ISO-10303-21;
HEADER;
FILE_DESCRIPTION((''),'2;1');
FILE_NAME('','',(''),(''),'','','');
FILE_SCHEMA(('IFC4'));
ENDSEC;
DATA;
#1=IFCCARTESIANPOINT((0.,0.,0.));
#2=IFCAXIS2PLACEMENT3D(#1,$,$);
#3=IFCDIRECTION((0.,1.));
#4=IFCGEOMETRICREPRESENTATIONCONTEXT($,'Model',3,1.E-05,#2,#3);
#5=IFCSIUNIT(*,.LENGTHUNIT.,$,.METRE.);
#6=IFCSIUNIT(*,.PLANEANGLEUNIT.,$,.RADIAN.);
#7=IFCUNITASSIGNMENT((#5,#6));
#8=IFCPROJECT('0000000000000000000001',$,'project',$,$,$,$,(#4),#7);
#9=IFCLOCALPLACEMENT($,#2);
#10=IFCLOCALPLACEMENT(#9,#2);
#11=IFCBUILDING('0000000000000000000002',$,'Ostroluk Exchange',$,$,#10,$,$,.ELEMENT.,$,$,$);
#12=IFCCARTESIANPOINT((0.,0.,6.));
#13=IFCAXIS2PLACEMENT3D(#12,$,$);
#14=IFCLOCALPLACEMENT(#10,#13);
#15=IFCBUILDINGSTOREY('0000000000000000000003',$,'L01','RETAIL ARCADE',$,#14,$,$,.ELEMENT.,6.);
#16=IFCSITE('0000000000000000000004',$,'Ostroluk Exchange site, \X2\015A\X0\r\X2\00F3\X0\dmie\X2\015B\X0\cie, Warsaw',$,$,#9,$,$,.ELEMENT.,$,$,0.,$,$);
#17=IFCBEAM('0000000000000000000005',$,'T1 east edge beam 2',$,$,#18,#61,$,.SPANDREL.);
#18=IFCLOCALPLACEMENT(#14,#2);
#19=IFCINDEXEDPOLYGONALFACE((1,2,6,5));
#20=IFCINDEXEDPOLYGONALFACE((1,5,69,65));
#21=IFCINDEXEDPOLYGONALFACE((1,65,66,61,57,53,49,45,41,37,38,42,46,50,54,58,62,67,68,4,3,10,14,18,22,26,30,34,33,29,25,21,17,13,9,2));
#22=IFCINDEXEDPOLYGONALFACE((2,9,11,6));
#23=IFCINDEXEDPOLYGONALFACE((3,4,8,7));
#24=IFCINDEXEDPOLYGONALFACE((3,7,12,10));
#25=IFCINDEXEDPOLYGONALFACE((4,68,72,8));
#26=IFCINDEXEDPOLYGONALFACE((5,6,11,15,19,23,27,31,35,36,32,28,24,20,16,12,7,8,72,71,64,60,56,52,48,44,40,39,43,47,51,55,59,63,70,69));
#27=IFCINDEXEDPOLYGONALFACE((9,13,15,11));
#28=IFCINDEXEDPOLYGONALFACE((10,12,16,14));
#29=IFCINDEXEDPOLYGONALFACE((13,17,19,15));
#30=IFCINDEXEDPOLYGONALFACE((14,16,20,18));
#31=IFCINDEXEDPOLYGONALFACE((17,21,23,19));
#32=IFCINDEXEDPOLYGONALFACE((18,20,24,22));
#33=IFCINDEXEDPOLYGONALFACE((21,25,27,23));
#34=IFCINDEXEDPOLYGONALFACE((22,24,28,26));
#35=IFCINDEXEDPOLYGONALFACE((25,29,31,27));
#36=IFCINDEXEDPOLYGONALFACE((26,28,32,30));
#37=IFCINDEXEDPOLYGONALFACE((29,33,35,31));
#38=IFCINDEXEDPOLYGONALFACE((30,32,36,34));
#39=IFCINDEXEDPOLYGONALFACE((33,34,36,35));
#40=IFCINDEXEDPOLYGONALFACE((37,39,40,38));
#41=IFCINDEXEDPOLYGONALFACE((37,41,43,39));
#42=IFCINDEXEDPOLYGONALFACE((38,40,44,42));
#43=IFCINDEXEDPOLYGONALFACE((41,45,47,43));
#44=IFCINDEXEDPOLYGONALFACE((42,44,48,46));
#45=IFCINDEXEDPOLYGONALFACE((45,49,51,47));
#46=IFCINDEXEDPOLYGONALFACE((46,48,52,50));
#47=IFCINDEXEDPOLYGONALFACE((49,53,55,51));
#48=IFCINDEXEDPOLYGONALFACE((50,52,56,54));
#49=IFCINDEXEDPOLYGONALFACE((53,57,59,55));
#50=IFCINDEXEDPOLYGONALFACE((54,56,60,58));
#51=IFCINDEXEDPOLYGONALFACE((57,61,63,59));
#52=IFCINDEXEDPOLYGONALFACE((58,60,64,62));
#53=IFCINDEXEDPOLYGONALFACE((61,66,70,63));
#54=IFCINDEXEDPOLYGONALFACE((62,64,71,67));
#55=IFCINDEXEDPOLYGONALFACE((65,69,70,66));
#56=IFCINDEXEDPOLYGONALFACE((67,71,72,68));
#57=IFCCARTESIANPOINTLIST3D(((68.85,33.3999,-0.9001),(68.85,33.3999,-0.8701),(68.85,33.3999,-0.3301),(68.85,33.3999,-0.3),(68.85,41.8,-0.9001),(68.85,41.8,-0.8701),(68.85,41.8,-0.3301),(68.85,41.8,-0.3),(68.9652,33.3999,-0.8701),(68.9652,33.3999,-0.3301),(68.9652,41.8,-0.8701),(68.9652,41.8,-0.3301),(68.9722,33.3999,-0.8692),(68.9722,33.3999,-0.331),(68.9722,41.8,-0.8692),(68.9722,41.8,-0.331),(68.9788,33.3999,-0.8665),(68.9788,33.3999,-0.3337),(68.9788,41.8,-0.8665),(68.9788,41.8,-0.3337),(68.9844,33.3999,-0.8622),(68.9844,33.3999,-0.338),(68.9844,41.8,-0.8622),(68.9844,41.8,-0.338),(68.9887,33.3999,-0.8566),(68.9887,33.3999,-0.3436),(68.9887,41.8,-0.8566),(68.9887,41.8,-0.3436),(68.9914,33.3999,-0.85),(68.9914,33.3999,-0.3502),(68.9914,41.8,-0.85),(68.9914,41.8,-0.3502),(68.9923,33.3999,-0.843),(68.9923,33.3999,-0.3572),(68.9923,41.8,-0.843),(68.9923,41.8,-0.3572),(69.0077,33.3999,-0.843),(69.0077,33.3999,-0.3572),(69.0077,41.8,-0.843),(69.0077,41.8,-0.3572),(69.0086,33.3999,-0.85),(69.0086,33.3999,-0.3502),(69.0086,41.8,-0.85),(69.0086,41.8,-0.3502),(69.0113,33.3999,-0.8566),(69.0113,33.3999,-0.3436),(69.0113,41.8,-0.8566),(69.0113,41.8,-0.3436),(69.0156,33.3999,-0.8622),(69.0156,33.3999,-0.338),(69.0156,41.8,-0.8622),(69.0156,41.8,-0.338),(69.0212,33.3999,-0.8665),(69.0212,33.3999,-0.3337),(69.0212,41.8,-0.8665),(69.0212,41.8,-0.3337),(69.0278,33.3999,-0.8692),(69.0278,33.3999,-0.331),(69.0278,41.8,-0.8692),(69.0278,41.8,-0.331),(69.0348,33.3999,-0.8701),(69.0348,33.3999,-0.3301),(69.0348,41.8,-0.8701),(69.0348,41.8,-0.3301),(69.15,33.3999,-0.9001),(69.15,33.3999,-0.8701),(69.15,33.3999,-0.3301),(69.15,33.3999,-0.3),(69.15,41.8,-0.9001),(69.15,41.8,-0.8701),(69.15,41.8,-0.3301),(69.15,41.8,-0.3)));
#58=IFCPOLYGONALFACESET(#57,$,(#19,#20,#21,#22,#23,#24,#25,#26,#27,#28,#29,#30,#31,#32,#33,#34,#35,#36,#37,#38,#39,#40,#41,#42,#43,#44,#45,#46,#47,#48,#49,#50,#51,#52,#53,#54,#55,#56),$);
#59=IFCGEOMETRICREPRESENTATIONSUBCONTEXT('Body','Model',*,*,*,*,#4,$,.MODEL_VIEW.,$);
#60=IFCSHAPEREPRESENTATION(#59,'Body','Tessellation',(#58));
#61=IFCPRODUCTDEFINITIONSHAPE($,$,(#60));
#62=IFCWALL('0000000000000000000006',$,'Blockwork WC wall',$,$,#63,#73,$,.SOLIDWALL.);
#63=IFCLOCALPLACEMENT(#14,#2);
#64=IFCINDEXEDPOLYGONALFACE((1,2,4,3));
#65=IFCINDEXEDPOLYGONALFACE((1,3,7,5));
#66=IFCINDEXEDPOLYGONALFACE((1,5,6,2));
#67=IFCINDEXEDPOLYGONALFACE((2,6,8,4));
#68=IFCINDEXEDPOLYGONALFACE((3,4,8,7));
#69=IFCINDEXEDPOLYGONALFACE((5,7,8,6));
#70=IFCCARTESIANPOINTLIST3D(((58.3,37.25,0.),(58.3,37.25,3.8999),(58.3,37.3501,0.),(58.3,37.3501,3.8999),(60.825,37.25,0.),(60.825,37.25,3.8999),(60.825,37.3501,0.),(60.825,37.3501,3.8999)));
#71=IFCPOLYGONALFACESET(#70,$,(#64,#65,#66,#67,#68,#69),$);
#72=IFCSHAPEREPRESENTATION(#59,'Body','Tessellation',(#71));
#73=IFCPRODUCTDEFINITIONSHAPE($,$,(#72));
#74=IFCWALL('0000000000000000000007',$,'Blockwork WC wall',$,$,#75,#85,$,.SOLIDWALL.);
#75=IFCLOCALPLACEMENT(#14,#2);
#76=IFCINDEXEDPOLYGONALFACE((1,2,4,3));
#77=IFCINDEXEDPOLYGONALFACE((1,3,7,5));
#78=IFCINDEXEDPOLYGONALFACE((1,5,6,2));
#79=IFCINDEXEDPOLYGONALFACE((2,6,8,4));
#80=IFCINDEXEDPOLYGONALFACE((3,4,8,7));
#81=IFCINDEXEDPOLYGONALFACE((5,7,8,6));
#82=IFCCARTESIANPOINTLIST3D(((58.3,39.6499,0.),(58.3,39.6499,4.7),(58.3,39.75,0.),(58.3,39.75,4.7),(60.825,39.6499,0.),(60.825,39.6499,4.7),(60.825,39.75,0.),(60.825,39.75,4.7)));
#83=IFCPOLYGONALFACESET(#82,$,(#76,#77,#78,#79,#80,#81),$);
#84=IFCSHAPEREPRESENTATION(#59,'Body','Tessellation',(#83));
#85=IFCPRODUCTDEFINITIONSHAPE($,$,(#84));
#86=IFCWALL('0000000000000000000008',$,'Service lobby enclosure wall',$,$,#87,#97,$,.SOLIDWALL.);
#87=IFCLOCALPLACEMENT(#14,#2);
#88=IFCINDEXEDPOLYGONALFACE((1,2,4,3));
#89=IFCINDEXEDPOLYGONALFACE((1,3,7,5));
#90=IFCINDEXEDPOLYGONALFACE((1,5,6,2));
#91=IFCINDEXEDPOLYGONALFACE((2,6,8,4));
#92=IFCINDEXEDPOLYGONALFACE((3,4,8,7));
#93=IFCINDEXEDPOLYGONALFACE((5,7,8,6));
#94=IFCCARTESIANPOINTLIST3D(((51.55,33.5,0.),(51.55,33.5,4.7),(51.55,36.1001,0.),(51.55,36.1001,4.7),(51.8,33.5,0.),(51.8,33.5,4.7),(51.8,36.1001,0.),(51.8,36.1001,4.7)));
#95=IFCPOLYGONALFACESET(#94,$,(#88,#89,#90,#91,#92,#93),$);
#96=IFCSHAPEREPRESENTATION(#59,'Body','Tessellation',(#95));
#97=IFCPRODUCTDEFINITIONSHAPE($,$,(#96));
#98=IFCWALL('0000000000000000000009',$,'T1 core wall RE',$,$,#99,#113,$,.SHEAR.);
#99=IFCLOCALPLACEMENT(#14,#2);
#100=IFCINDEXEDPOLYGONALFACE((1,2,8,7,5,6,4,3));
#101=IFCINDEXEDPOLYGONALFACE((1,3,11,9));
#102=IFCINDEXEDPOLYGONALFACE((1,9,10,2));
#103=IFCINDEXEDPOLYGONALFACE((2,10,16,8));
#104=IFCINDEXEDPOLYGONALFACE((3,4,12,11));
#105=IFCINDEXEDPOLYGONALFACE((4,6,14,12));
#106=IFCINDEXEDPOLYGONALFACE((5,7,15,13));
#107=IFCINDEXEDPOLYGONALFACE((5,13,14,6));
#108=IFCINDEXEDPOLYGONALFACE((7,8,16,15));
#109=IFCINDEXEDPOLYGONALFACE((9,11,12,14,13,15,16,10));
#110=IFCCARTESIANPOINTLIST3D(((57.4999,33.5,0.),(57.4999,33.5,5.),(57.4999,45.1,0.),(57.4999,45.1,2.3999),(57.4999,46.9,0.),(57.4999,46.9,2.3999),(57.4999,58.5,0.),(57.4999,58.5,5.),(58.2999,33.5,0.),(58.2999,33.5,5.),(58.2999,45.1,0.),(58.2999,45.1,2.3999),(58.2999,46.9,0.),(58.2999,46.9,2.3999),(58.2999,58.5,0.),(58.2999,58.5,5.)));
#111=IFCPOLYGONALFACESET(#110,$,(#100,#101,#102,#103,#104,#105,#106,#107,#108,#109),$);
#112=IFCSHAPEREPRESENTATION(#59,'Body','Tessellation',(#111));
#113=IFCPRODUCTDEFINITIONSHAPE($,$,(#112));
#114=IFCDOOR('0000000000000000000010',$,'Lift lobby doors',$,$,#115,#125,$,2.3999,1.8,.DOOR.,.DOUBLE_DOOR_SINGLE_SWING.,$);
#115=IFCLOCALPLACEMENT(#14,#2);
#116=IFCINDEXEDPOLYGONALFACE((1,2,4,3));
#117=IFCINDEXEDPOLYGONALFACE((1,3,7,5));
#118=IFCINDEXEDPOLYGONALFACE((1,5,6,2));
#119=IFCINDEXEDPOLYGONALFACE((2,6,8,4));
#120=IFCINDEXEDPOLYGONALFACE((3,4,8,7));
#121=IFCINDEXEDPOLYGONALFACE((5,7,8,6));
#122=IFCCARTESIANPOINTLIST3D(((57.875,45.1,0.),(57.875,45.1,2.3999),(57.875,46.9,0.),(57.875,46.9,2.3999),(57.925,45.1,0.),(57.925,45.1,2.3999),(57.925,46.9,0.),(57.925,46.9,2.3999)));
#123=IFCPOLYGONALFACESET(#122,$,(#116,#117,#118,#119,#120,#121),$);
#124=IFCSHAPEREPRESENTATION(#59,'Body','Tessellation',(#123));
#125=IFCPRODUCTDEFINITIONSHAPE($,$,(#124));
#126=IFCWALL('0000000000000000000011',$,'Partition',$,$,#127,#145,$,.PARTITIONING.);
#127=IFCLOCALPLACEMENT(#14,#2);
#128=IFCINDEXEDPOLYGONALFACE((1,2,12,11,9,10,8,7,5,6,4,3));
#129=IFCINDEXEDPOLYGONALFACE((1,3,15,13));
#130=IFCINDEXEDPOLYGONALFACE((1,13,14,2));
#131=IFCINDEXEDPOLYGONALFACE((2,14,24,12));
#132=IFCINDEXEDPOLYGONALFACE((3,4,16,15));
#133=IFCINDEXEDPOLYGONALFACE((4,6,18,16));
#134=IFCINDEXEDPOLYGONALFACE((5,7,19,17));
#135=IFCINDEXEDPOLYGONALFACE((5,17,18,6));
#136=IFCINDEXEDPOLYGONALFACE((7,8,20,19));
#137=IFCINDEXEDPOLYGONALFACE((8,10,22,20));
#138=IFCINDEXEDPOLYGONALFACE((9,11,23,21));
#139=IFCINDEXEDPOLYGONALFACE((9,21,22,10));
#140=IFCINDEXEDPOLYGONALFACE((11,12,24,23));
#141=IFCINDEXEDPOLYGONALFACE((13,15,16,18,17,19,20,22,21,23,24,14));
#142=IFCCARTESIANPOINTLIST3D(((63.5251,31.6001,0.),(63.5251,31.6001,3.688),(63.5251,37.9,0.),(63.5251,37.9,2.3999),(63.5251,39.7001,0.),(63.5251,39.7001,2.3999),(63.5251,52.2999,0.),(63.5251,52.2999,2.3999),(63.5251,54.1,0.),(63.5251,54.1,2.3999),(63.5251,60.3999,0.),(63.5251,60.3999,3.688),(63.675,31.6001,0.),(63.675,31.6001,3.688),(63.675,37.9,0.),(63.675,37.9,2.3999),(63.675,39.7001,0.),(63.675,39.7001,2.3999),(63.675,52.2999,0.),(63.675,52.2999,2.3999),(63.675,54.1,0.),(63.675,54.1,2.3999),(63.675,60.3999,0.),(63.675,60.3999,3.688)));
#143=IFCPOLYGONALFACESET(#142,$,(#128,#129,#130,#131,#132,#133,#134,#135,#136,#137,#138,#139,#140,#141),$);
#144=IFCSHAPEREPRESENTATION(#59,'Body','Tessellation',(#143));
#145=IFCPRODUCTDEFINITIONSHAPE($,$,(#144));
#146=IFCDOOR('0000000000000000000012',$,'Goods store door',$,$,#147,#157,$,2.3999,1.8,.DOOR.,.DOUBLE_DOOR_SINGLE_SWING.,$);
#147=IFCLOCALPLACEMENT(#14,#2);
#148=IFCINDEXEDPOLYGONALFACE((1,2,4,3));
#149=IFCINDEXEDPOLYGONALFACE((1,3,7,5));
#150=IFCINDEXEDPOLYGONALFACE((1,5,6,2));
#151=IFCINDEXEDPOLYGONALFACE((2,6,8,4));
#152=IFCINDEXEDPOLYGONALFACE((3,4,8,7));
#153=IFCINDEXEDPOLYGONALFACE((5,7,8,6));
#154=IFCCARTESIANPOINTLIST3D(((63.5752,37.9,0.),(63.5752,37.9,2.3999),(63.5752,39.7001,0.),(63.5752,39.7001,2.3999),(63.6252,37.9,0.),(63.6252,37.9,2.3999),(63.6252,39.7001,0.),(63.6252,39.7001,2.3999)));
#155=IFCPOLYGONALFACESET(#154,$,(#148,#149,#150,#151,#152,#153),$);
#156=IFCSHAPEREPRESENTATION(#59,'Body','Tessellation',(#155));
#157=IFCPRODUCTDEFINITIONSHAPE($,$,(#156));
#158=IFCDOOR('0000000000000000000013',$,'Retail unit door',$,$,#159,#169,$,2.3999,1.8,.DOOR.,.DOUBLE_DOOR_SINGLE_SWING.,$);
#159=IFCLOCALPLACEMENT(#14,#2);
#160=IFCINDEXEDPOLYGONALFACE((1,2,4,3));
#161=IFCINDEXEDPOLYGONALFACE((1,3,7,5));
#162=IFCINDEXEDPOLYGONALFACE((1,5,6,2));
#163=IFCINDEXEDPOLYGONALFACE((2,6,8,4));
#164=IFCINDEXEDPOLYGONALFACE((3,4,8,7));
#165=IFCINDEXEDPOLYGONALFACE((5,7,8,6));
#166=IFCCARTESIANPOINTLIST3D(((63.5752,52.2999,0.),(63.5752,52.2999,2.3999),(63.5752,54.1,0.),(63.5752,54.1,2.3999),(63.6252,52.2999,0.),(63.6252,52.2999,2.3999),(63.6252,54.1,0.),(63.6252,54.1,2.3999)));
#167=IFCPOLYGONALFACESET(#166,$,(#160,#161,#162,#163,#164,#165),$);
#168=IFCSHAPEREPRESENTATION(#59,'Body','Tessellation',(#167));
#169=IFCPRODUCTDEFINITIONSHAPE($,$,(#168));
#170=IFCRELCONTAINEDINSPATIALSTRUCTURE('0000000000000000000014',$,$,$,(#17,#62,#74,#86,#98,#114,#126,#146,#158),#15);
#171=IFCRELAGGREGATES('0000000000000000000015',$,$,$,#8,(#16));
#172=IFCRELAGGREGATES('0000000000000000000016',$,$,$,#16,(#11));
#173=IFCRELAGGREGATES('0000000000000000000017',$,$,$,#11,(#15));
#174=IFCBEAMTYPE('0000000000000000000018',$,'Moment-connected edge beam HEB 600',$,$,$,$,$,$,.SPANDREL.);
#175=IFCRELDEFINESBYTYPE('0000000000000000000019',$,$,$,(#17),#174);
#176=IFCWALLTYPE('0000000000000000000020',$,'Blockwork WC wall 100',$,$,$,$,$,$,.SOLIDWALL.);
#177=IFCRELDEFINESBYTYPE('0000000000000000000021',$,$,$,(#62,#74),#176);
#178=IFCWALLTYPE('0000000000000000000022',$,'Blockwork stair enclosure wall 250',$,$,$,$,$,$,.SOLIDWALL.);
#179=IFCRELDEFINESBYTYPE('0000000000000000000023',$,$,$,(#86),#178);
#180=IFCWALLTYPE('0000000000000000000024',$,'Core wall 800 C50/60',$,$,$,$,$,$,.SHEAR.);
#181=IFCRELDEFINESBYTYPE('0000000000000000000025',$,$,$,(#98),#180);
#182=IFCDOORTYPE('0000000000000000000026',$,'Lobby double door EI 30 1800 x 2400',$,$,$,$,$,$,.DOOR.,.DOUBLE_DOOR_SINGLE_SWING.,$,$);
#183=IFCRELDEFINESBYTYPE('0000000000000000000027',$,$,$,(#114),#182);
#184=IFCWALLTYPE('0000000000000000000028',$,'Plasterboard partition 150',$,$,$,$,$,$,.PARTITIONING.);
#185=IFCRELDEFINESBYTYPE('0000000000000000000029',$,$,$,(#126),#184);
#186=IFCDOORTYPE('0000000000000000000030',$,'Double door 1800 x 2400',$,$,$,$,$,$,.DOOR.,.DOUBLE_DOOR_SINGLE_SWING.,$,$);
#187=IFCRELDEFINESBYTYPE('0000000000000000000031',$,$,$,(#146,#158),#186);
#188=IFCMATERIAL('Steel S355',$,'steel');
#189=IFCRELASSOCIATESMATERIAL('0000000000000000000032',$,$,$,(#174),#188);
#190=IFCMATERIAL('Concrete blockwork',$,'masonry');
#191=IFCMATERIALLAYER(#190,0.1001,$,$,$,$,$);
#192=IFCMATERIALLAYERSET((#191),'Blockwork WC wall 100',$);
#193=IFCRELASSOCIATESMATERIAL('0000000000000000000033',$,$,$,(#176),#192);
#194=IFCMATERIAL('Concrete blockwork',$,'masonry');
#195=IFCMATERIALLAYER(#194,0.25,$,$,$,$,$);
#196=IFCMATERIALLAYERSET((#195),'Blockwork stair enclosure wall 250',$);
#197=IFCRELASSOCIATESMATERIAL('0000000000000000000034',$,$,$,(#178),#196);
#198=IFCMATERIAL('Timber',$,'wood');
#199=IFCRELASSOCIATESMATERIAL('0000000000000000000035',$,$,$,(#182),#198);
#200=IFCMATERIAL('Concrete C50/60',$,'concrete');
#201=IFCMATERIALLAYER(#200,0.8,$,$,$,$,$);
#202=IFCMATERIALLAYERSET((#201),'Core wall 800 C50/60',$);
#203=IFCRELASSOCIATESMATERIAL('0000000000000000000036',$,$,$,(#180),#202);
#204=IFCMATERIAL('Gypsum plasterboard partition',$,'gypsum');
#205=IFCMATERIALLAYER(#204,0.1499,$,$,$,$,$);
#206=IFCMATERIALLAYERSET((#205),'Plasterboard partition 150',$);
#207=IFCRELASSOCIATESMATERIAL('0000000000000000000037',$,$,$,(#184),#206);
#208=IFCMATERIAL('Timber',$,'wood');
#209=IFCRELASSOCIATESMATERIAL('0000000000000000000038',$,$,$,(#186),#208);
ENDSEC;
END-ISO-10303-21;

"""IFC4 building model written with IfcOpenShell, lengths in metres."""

from ifc_helpers import new_model, si_unit, direction, frame, frame_2d, origin, origin_2d, place, context, subcontext, project, spatial, rectangle, i_section, extrude, material, layer, layer_set, material_profile, profile_set, type_object, element, fill, save


model = new_model("IFC4")

# Units and contexts
model_context = context("Model", 3, precision=1e-05, world=origin(), true_north=direction((0.0, 1.0)))
body_context = subcontext(model_context, "Body", "Model", "MODEL_VIEW")
ifc_project = project(units=[si_unit("LENGTHUNIT", "METRE"), si_unit("PLANEANGLEUNIT", "RADIAN")], contexts=[model_context])

# Site, building, storey
site_placement = place(None, origin())
site = spatial("IfcSite", under=ifc_project, at=site_placement, Name="Ostroluk Exchange site, Śródmieście, Warsaw", CompositionType="ELEMENT", RefElevation=0.0)
building_placement = place(site_placement, origin())
building = spatial("IfcBuilding", under=site, at=building_placement, Name="Ostroluk Exchange", CompositionType="ELEMENT")
storey_placement = place(building_placement, frame((0.0, 0.0, 6.0)))
storey = spatial("IfcBuildingStorey", under=building, at=storey_placement, Name="L01", Description="RETAIL ARCADE", CompositionType="ELEMENT", Elevation=6.0)

# Beam
ifc_material_1 = material(Name="Steel S355", Category="steel")
ifc_material_profile_1 = material_profile(ifc_material_1, i_section(OverallWidth=0.3, OverallDepth=0.6001, WebThickness=0.0154, FlangeThickness=0.03, FilletRadius=0.0271, at=origin_2d()), Name="HEB 600")
ifc_profile_set_1 = profile_set([ifc_material_profile_1], Name="Steel S355")
beam_type_1 = type_object("IfcBeamType", Name="Moment-connected edge beam HEB 600", PredefinedType="SPANDREL", material=ifc_profile_set_1)
beam_1_placement = place(storey_placement, frame((69.0, 33.3999, -0.6001), z_axis=(0.0, 1.0, 0.0), x_axis=(-1.0, 0.0, 0.0)))
element("IfcBeam", 1, at=beam_1_placement, inside=storey, type_object=beam_type_1, Name="T1 east edge beam 2", PredefinedType="SPANDREL", context=body_context, shape_type="SweptSolid", body=[
    extrude(i_section(OverallWidth=0.3, OverallDepth=0.6001, WebThickness=0.0154, FlangeThickness=0.03, FilletRadius=0.0271, at=origin_2d()), origin(), (0.0, 0.0, 1.0), 8.4001),
])

# Walls
ifc_material_2 = material(Name="Concrete blockwork", Category="masonry")
ifc_layer_1 = layer(ifc_material_2, 0.1001)
ifc_layer_set_1 = layer_set([ifc_layer_1], Name="Blockwork WC wall 100")
wall_type_1 = type_object("IfcWallType", Name="Blockwork WC wall 100", PredefinedType="SOLIDWALL", material=ifc_layer_set_1)
wall_1_placement = place(storey_placement, frame((60.825, 37.3, 0.0), z_axis=(0.0, 0.0, 1.0), x_axis=(-1.0, 0.0, 0.0)))
element("IfcWall", 2, at=wall_1_placement, inside=storey, type_object=wall_type_1, Name="Blockwork WC wall", PredefinedType="SOLIDWALL", context=body_context, shape_type="SweptSolid", body=[
    extrude(rectangle(XDim=2.5249, YDim=0.1001, at=frame_2d((1.2625, 0.0))), origin(), (0.0, 0.0, 1.0), 3.8999),
])
wall_2_placement = place(storey_placement, frame((60.825, 39.7, 0.0), z_axis=(0.0, 0.0, 1.0), x_axis=(-1.0, 0.0, 0.0)))
element("IfcWall", 3, at=wall_2_placement, inside=storey, type_object=wall_type_1, Name="Blockwork WC wall", PredefinedType="SOLIDWALL", context=body_context, shape_type="SweptSolid", body=[
    extrude(rectangle(XDim=2.5249, YDim=0.1001, at=frame_2d((1.2625, 0.0))), origin(), (0.0, 0.0, 1.0), 4.7),
])
ifc_material_3 = material(Name="Concrete blockwork", Category="masonry")
ifc_layer_2 = layer(ifc_material_3, 0.25)
ifc_layer_set_2 = layer_set([ifc_layer_2], Name="Blockwork stair enclosure wall 250")
wall_type_2 = type_object("IfcWallType", Name="Blockwork stair enclosure wall 250", PredefinedType="SOLIDWALL", material=ifc_layer_set_2)
wall_3_placement = place(storey_placement, frame((51.675, 33.5, 0.0), z_axis=(0.0, 0.0, 1.0), x_axis=(0.0, 1.0, 0.0)))
element("IfcWall", 4, at=wall_3_placement, inside=storey, type_object=wall_type_2, Name="Service lobby enclosure wall", PredefinedType="SOLIDWALL", context=body_context, shape_type="SweptSolid", body=[
    extrude(rectangle(XDim=2.6001, YDim=0.25, at=frame_2d((1.3, 0.0))), origin(), (0.0, 0.0, 1.0), 4.7),
])

# Wall, opening, door
ifc_material_4 = material(Name="Timber", Category="wood")
door_type_1 = type_object("IfcDoorType", Name="Lobby double door EI 30 1800 x 2400", OperationType="DOUBLE_DOOR_SINGLE_SWING", PredefinedType="DOOR", material=ifc_material_4)
ifc_material_5 = material(Name="Concrete C50/60", Category="concrete")
ifc_layer_3 = layer(ifc_material_5, 0.8)
ifc_layer_set_3 = layer_set([ifc_layer_3], Name="Core wall 800 C50/60")
wall_type_3 = type_object("IfcWallType", Name="Core wall 800 C50/60", PredefinedType="SHEAR", material=ifc_layer_set_3)
wall_4_placement = place(storey_placement, frame((57.8999, 33.5, 0.0), z_axis=(0.0, 0.0, 1.0), x_axis=(0.0, 1.0, 0.0)))
wall_4 = element("IfcWall", 5, at=wall_4_placement, inside=storey, type_object=wall_type_3, Name="T1 core wall RE", PredefinedType="SHEAR", context=body_context, shape_type="SweptSolid", body=[
    extrude(rectangle(XDim=25.0, YDim=0.8, at=frame_2d((12.5, 0.0))), origin(), (0.0, 0.0, 1.0), 5.0),
])
opening_1_placement = place(wall_4_placement, frame((11.6001, 0.0, 0.0)))
opening_1 = element("IfcOpeningElement", 6, at=opening_1_placement, cuts=wall_4, PredefinedType="OPENING", context=body_context, shape_type="SweptSolid", body=[
    extrude(rectangle(XDim=1.8, YDim=2.3999, at=frame_2d((0.8999, 1.2))), frame((0.0, 0.4099, 0.0), z_axis=(0.0, -1.0, 0.0), x_axis=(1.0, 0.0, 0.0)), (0.0, 0.0, 1.0), 0.8201),
])
door_1_placement = place(opening_1_placement, origin())
door_1 = element("IfcDoor", 7, at=door_1_placement, inside=storey, type_object=door_type_1, Name="Lift lobby doors", OperationType="DOUBLE_DOOR_SINGLE_SWING", OverallHeight=2.3999, OverallWidth=1.8, PredefinedType="DOOR", context=body_context, shape_type="SweptSolid", body=[
    extrude(rectangle(XDim=1.8, YDim=2.3999, at=frame_2d((0.8999, 1.2))), frame((0.0, 0.0249, 0.0), z_axis=(0.0, -1.0, 0.0), x_axis=(1.0, 0.0, 0.0)), (0.0, 0.0, 1.0), 0.05),
])
fill(opening_1, door_1)

# Wall, openings, doors
ifc_material_6 = material(Name="Gypsum plasterboard partition", Category="gypsum")
ifc_layer_4 = layer(ifc_material_6, 0.1499)
ifc_layer_set_4 = layer_set([ifc_layer_4], Name="Plasterboard partition 150")
wall_type_4 = type_object("IfcWallType", Name="Plasterboard partition 150", PredefinedType="PARTITIONING", material=ifc_layer_set_4)
wall_5_placement = place(storey_placement, frame((63.6001, 31.6001, 0.0), z_axis=(0.0, 0.0, 1.0), x_axis=(0.0, 1.0, 0.0)))
wall_5 = element("IfcWall", 8, at=wall_5_placement, inside=storey, type_object=wall_type_4, Name="Partition", PredefinedType="PARTITIONING", context=body_context, shape_type="SweptSolid", body=[
    extrude(rectangle(XDim=28.7998, YDim=0.1499, at=frame_2d((14.3999, 0.0))), origin(), (0.0, 0.0, 1.0), 3.688),
])
opening_2_placement = place(wall_5_placement, frame((6.3, 0.0, 0.0)))
opening_2 = element("IfcOpeningElement", 9, at=opening_2_placement, cuts=wall_5, PredefinedType="OPENING", context=body_context, shape_type="SweptSolid", body=[
    extrude(rectangle(XDim=1.8, YDim=2.3999, at=frame_2d((0.8999, 1.2))), frame((0.0, 0.085, 0.0), z_axis=(0.0, -1.0, 0.0), x_axis=(1.0, 0.0, 0.0)), (0.0, 0.0, 1.0), 0.1699),
])
opening_3_placement = place(wall_5_placement, frame((20.7, 0.0, 0.0)))
opening_3 = element("IfcOpeningElement", 10, at=opening_3_placement, cuts=wall_5, PredefinedType="OPENING", context=body_context, shape_type="SweptSolid", body=[
    extrude(rectangle(XDim=1.8, YDim=2.3999, at=frame_2d((0.8999, 1.2))), frame((0.0, 0.085, 0.0), z_axis=(0.0, -1.0, 0.0), x_axis=(1.0, 0.0, 0.0)), (0.0, 0.0, 1.0), 0.1699),
])
ifc_material_7 = material(Name="Timber", Category="wood")
door_type_2 = type_object("IfcDoorType", Name="Double door 1800 x 2400", OperationType="DOUBLE_DOOR_SINGLE_SWING", PredefinedType="DOOR", material=ifc_material_7)
door_2_placement = place(opening_2_placement, origin())
door_2 = element("IfcDoor", 11, at=door_2_placement, inside=storey, type_object=door_type_2, Name="Goods store door", OperationType="DOUBLE_DOOR_SINGLE_SWING", OverallHeight=2.3999, OverallWidth=1.8, PredefinedType="DOOR", context=body_context, shape_type="SweptSolid", body=[
    extrude(rectangle(XDim=1.8, YDim=2.3999, at=frame_2d((0.8999, 1.2))), frame((0.0, 0.0249, 0.0), z_axis=(0.0, -1.0, 0.0), x_axis=(1.0, 0.0, 0.0)), (0.0, 0.0, 1.0), 0.05),
])
fill(opening_2, door_2)
door_3_placement = place(opening_3_placement, origin())
door_3 = element("IfcDoor", 12, at=door_3_placement, inside=storey, type_object=door_type_2, Name="Retail unit door", OperationType="DOUBLE_DOOR_SINGLE_SWING", OverallHeight=2.3999, OverallWidth=1.8, PredefinedType="DOOR", context=body_context, shape_type="SweptSolid", body=[
    extrude(rectangle(XDim=1.8, YDim=2.3999, at=frame_2d((0.8999, 1.2))), frame((0.0, 0.0249, 0.0), z_axis=(0.0, -1.0, 0.0), x_axis=(1.0, 0.0, 0.0)), (0.0, 0.0, 1.0), 0.05),
])
fill(opening_3, door_3)

save(model, "model.ifc")
